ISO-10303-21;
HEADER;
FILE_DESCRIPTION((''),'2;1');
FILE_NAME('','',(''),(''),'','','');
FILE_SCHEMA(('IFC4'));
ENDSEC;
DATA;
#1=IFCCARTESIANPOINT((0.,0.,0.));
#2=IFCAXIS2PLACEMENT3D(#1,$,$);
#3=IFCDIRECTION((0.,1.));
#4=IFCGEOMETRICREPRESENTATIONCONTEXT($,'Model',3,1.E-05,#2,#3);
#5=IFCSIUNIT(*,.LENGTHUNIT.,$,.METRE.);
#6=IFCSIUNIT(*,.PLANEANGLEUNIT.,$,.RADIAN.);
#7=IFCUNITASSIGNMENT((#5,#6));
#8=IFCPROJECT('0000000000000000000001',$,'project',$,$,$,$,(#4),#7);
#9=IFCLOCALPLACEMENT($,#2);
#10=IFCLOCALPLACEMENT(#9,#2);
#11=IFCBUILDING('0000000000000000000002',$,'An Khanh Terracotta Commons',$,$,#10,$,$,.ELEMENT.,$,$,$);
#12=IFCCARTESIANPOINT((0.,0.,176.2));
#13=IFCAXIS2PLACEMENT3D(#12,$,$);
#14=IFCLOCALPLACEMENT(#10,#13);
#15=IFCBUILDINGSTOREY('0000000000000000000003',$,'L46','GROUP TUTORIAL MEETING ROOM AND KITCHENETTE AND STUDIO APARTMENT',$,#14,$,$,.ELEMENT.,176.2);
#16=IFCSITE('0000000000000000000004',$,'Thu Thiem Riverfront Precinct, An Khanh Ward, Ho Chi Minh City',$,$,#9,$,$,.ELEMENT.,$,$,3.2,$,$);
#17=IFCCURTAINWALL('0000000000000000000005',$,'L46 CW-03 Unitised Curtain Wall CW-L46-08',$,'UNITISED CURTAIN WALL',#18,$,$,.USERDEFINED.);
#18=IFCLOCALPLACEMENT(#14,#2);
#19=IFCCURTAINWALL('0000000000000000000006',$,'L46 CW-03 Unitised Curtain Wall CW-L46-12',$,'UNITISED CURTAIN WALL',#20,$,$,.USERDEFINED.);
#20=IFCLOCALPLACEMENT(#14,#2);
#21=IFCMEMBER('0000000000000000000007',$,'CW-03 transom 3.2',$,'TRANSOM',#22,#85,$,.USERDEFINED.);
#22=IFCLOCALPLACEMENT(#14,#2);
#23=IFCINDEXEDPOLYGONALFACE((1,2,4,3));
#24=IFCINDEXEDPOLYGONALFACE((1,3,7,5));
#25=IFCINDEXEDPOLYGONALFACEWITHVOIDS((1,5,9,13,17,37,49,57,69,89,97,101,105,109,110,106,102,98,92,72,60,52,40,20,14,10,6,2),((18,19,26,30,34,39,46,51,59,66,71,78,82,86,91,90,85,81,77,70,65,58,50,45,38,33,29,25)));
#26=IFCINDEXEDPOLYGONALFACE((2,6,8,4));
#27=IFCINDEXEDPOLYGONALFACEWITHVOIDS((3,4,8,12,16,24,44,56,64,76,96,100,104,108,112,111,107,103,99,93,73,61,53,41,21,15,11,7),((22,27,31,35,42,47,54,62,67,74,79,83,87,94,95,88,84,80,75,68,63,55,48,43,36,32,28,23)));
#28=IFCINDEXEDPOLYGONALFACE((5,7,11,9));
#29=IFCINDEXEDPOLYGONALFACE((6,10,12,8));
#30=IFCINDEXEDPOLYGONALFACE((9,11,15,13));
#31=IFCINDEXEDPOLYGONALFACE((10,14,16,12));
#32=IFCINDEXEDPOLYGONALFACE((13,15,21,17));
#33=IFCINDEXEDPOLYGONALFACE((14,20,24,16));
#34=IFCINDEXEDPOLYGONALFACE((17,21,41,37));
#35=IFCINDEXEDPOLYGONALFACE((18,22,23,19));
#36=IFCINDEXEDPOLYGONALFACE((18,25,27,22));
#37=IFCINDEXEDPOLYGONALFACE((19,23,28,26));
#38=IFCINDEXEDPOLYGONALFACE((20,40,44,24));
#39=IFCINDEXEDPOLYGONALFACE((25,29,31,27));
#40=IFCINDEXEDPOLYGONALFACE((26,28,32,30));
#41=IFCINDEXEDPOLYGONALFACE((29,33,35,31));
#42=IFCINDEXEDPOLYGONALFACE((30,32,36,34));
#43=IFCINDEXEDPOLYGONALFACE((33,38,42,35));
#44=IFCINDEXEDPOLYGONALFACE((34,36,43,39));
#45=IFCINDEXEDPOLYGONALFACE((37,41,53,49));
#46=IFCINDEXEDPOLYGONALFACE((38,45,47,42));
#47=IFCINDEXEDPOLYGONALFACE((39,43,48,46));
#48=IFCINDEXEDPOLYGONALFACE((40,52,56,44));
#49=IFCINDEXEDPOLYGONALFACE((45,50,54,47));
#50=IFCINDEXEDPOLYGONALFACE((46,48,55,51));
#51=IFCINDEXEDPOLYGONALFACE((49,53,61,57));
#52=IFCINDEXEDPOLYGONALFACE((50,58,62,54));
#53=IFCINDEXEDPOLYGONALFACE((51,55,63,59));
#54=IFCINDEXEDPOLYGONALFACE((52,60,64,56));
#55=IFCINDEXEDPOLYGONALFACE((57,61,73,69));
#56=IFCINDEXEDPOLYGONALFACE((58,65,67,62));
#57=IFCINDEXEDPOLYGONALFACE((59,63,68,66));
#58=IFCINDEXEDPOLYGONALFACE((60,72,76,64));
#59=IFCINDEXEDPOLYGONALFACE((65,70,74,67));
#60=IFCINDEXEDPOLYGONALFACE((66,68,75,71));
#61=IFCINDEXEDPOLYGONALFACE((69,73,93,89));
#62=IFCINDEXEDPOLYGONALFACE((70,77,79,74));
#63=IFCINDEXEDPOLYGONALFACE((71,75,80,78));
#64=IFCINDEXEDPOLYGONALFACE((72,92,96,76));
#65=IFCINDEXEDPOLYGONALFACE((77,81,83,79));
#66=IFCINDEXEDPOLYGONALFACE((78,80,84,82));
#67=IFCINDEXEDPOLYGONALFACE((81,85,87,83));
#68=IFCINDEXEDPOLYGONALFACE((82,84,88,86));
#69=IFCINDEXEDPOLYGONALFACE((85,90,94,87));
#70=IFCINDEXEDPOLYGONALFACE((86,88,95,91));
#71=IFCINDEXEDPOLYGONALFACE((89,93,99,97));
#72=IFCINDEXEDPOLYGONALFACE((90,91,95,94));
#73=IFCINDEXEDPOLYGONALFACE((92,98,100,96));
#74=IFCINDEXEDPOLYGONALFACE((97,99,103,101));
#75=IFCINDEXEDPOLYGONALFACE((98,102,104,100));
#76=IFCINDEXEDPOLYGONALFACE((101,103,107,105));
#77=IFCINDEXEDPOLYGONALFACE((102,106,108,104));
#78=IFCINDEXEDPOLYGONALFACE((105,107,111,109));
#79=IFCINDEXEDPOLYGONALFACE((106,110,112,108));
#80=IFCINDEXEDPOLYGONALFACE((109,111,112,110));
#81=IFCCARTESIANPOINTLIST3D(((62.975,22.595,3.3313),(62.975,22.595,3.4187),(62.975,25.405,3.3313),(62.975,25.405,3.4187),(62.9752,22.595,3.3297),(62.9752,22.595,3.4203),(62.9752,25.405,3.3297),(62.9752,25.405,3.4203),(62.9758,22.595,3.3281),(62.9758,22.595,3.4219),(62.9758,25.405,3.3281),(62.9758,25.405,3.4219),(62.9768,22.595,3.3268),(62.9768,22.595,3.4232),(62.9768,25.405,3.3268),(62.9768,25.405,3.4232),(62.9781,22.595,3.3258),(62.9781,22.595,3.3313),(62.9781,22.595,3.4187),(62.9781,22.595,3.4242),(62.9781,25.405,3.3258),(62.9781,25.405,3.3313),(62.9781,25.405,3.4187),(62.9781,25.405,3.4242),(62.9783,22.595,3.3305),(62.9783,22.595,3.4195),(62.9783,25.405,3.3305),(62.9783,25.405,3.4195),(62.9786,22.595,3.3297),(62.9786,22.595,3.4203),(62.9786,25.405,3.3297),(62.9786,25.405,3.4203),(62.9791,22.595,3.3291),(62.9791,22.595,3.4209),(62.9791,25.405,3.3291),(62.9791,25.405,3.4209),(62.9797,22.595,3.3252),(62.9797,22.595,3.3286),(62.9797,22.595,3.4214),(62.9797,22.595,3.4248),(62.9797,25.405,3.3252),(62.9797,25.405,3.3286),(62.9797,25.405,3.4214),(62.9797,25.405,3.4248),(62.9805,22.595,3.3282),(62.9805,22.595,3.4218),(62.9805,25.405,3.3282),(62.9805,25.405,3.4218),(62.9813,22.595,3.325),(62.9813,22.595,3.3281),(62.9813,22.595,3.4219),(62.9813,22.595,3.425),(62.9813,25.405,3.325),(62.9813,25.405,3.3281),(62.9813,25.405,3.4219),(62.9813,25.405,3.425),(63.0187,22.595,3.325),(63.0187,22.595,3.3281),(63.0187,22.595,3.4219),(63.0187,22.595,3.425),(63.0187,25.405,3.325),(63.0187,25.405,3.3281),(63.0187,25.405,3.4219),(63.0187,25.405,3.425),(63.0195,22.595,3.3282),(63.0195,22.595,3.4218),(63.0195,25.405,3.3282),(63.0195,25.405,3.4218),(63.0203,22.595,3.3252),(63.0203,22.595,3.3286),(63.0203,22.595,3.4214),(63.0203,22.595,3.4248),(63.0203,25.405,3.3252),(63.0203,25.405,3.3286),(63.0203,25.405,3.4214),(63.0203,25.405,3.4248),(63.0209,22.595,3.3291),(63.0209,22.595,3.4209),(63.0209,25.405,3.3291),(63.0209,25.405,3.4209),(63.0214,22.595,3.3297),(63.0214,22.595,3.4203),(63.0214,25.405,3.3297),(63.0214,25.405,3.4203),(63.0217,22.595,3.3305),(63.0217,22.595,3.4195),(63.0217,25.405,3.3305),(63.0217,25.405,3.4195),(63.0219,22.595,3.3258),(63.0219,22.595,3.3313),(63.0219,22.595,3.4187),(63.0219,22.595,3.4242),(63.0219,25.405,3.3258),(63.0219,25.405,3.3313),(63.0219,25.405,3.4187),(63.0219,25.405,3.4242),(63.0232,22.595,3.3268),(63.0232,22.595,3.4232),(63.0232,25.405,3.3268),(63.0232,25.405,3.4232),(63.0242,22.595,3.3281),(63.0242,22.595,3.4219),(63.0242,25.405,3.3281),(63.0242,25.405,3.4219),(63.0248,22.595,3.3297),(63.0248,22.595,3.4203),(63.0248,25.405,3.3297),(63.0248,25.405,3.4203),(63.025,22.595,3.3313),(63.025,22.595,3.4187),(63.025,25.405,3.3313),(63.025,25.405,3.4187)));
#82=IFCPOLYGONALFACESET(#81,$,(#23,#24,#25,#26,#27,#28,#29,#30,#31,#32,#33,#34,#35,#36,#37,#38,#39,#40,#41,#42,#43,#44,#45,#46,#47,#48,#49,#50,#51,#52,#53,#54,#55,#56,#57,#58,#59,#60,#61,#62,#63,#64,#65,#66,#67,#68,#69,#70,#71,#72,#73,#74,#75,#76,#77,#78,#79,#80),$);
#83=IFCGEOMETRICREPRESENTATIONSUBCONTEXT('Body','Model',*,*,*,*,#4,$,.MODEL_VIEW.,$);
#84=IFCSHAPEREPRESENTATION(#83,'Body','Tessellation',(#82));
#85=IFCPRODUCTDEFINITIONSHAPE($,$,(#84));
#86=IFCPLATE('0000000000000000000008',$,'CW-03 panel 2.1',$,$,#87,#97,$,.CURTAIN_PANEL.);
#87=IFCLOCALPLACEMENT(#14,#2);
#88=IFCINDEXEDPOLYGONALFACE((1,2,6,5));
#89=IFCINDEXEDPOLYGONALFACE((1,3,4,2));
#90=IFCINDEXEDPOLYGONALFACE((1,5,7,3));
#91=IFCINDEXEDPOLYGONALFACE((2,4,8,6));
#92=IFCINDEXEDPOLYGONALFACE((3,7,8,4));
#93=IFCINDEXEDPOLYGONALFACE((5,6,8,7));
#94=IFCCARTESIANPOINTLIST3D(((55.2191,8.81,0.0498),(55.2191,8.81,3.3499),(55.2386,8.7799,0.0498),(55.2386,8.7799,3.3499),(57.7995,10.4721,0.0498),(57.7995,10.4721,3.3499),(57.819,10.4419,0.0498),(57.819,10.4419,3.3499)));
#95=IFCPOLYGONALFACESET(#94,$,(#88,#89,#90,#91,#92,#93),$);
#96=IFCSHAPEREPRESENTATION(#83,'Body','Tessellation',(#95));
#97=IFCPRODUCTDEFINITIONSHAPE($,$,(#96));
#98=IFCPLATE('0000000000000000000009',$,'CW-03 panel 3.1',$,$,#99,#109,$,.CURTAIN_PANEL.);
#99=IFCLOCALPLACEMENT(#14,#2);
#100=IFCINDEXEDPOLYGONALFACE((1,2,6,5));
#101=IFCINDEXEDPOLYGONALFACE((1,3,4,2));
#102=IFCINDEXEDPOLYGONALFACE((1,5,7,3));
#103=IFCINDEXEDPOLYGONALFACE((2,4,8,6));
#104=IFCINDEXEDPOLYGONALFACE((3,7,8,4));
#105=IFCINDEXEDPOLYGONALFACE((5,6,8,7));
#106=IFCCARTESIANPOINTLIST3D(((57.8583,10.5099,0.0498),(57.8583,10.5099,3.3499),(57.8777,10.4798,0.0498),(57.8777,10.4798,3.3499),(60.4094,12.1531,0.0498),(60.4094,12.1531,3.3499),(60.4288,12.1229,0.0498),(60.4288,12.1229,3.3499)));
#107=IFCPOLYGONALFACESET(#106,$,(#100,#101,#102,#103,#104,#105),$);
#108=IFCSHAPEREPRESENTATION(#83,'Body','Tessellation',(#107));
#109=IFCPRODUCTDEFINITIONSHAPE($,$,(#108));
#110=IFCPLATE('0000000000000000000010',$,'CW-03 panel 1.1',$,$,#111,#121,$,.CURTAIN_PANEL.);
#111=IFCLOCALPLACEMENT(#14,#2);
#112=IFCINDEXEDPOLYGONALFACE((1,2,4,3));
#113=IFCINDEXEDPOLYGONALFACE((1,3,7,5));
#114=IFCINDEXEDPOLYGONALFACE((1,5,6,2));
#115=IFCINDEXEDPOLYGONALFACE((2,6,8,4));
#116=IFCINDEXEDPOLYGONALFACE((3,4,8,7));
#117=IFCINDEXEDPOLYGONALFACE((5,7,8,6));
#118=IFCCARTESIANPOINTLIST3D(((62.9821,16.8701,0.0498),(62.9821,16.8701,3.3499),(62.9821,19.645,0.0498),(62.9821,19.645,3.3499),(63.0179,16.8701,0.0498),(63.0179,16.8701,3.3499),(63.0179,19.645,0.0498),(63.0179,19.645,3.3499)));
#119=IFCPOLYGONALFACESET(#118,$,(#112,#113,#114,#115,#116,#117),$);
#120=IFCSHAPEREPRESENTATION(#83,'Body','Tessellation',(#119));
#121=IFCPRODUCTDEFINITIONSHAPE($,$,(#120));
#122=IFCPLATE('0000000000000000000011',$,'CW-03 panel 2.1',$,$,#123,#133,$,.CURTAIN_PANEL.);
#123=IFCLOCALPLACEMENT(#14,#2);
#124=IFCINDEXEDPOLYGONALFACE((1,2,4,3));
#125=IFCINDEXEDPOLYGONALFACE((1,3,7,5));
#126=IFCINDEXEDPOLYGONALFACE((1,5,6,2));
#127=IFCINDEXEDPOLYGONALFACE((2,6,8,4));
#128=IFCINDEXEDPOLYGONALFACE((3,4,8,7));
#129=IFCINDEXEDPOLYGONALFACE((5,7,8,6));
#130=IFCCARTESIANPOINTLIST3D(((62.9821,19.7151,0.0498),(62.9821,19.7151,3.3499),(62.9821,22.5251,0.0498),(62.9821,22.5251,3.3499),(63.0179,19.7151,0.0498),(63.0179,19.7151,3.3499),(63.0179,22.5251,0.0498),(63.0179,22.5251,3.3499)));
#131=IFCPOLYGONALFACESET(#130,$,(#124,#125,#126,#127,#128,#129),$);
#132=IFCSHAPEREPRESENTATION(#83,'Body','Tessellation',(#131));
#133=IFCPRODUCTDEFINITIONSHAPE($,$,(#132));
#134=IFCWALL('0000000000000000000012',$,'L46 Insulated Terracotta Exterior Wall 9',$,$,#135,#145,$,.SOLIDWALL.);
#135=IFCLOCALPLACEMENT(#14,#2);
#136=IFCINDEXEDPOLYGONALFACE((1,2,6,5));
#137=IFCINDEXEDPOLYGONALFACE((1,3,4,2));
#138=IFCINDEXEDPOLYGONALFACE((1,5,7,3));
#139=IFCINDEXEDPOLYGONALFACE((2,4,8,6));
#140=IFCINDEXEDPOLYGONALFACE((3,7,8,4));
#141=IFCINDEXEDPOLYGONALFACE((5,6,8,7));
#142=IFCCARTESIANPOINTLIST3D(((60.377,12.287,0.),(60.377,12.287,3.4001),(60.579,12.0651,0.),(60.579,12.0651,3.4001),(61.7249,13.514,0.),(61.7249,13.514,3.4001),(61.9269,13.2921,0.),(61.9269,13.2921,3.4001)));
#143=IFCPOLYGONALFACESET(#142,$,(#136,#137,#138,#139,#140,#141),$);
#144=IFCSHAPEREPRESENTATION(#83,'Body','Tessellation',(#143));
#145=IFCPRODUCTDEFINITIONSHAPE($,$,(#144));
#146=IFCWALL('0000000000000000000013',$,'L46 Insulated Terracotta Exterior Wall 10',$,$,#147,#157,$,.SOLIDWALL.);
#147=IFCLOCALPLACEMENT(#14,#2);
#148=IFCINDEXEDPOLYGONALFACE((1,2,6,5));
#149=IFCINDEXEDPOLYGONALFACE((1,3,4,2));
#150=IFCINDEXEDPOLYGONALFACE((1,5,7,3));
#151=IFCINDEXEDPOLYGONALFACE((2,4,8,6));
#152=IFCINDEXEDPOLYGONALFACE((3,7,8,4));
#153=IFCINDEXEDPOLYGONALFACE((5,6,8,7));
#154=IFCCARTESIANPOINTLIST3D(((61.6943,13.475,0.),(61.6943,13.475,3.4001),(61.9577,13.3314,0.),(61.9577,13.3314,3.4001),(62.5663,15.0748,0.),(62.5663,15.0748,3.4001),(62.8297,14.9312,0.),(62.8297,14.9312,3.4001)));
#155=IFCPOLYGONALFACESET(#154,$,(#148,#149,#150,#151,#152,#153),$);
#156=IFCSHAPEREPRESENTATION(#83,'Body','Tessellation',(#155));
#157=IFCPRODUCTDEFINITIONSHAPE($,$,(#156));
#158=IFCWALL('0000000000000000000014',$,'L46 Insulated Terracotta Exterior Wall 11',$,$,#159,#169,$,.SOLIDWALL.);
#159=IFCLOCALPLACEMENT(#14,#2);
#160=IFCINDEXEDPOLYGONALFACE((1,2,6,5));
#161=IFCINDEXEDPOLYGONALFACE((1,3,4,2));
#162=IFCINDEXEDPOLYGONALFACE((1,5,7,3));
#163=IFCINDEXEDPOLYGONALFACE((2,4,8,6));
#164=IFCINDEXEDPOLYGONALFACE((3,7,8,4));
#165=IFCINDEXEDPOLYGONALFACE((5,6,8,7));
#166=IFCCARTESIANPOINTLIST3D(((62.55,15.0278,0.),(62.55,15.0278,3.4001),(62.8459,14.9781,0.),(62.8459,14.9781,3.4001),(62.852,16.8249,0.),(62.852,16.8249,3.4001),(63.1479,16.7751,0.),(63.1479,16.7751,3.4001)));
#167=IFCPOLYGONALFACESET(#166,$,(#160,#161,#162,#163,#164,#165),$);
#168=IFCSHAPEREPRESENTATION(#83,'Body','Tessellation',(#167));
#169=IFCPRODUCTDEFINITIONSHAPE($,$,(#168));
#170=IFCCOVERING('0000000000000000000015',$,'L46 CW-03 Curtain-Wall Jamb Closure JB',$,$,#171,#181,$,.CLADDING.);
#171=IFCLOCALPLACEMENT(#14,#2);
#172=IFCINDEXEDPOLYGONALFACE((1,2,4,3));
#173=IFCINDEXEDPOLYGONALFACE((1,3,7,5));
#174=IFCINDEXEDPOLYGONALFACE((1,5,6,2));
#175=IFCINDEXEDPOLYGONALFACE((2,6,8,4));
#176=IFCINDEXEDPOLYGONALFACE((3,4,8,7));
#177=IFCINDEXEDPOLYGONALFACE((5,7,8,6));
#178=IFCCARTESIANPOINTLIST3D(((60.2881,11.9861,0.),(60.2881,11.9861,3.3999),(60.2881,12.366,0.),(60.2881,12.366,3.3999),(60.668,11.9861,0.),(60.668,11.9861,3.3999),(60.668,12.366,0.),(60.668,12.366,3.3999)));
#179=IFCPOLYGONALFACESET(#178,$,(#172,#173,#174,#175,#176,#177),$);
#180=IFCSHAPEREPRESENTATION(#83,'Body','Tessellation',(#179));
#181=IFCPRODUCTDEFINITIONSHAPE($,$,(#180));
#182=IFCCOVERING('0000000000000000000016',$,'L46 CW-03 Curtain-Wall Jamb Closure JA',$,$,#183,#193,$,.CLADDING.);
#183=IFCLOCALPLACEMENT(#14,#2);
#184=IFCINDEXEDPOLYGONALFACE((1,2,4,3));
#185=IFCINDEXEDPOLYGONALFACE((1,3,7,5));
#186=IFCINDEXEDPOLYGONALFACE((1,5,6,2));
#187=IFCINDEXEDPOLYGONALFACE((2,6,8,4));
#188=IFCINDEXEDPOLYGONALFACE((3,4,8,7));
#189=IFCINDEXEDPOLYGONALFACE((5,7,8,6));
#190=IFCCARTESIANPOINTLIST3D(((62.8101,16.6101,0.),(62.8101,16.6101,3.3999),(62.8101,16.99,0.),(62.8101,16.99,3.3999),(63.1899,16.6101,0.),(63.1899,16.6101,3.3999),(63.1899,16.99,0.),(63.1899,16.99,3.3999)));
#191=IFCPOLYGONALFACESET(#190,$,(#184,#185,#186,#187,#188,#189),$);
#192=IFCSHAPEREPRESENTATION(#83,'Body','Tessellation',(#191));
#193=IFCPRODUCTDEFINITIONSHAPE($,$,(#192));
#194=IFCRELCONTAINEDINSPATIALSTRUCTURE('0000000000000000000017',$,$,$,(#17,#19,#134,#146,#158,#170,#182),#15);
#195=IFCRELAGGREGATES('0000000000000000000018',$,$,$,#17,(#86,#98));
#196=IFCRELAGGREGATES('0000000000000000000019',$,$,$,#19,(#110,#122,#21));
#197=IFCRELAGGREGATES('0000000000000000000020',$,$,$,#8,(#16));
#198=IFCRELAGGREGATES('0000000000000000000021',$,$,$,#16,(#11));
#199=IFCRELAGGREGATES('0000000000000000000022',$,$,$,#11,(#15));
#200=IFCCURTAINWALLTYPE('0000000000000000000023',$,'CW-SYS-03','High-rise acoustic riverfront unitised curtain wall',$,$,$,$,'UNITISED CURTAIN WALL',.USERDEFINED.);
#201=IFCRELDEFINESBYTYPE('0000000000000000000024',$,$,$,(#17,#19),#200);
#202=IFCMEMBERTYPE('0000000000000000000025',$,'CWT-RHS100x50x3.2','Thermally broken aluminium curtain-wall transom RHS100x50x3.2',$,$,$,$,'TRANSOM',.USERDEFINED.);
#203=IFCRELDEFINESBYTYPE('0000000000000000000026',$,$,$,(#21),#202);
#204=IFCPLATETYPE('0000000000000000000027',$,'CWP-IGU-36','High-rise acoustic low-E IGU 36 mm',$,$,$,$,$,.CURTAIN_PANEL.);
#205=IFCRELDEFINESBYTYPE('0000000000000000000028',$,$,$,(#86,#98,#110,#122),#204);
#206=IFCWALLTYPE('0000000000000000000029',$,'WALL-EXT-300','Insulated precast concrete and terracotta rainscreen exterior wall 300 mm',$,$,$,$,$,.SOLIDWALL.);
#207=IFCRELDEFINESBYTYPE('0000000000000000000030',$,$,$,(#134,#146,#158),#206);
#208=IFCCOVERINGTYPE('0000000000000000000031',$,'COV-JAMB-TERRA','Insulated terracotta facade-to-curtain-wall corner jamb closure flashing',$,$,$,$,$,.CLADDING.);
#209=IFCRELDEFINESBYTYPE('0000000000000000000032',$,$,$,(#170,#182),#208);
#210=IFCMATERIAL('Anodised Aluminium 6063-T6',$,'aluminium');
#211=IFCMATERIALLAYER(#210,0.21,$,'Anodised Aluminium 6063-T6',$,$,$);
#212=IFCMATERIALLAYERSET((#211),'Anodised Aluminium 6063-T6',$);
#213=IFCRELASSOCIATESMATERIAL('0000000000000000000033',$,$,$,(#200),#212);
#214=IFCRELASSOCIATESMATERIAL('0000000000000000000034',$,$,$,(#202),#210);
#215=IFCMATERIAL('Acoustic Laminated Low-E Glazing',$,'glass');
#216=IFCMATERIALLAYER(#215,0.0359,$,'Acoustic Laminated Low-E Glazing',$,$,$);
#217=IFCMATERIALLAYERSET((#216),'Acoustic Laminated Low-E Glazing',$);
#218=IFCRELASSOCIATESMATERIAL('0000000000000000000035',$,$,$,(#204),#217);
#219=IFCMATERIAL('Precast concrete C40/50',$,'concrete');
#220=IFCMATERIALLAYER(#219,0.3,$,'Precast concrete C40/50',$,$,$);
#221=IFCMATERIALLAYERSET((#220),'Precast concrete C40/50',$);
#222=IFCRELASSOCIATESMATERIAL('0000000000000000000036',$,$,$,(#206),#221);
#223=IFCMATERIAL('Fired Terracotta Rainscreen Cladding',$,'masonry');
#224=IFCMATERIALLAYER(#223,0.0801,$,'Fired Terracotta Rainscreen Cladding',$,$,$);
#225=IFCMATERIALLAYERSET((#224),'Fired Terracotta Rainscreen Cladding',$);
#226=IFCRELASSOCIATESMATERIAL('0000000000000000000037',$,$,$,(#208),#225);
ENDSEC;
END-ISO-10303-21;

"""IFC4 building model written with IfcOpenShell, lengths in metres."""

from ifc_helpers import new_model, si_unit, direction, frame, frame_2d, origin, origin_2d, place, context, subcontext, project, spatial, rectangle, hollow_rectangle, extrude, material, layer, layer_set, material_profile, profile_set, type_object, element, aggregate, save


model = new_model("IFC4")

# Units and contexts
model_context = context("Model", 3, precision=1e-05, world=origin(), true_north=direction((0.0, 1.0)))
body_context = subcontext(model_context, "Body", "Model", "MODEL_VIEW")
ifc_project = project(units=[si_unit("LENGTHUNIT", "METRE"), si_unit("PLANEANGLEUNIT", "RADIAN")], contexts=[model_context])

# Site, building, storey
site_placement = place(None, origin())
site = spatial("IfcSite", under=ifc_project, at=site_placement, Name="Thu Thiem Riverfront Precinct, An Khanh Ward, Ho Chi Minh City", CompositionType="ELEMENT", RefElevation=3.2)
building_placement = place(site_placement, origin())
building = spatial("IfcBuilding", under=site, at=building_placement, Name="An Khanh Terracotta Commons", CompositionType="ELEMENT")
storey_placement = place(building_placement, frame((0.0, 0.0, 176.2)))
storey = spatial("IfcBuildingStorey", under=building, at=storey_placement, Name="L46", Description="GROUP TUTORIAL MEETING ROOM AND KITCHENETTE AND STUDIO APARTMENT", CompositionType="ELEMENT", Elevation=176.2)

# Curtain walls
ifc_material_1 = material(Name="Anodised Aluminium 6063-T6", Category="aluminium")
ifc_layer_1 = layer(ifc_material_1, 0.21, Name="Anodised Aluminium 6063-T6")
ifc_layer_set_1 = layer_set([ifc_layer_1], Name="Anodised Aluminium 6063-T6")
curtain_wall_type = type_object("IfcCurtainWallType", Name="CW-SYS-03", Description="High-rise acoustic riverfront unitised curtain wall", ElementType="UNITISED CURTAIN WALL", PredefinedType="USERDEFINED", material=ifc_layer_set_1)
curtain_wall_1_placement = place(storey_placement, origin())
curtain_wall_1 = element("IfcCurtainWall", 1, at=curtain_wall_1_placement, inside=storey, type_object=curtain_wall_type, Name="L46 CW-03 Unitised Curtain Wall CW-L46-08", ObjectType="UNITISED CURTAIN WALL", PredefinedType="USERDEFINED")
curtain_wall_2_placement = place(storey_placement, origin())
curtain_wall_2 = element("IfcCurtainWall", 2, at=curtain_wall_2_placement, inside=storey, type_object=curtain_wall_type, Name="L46 CW-03 Unitised Curtain Wall CW-L46-12", ObjectType="UNITISED CURTAIN WALL", PredefinedType="USERDEFINED")

# Member
ifc_material_profile_1 = material_profile(ifc_material_1, hollow_rectangle(XDim=0.05, YDim=0.1001, WallThickness=0.0032, InnerFilletRadius=0.0032, OuterFilletRadius=0.0063, at=origin_2d()), Name="RHS100x50x3.2")
ifc_profile_set_1 = profile_set([ifc_material_profile_1], Name="Anodised Aluminium 6063-T6")
member_type_1 = type_object("IfcMemberType", Name="CWT-RHS100x50x3.2", Description="Thermally broken aluminium curtain-wall transom RHS100x50x3.2", ElementType="TRANSOM", PredefinedType="USERDEFINED", material=ifc_profile_set_1)
member_1_placement = place(storey_placement, frame((63.0, 22.595, 3.375), z_axis=(0.0, 1.0, 0.0), x_axis=(-1.0, 0.0, 0.0)))
member_1 = element("IfcMember", 3, at=member_1_placement, type_object=member_type_1, Name="CW-03 transom 3.2", ObjectType="TRANSOM", PredefinedType="USERDEFINED", context=body_context, shape_type="SweptSolid", body=[
    extrude(hollow_rectangle(XDim=0.05, YDim=0.1001, WallThickness=0.0032, InnerFilletRadius=0.0032, OuterFilletRadius=0.0063, at=origin_2d()), origin(), (0.0, 0.0, 1.0), 2.8101),
])

# Plates
ifc_material_2 = material(Name="Acoustic Laminated Low-E Glazing", Category="glass")
ifc_layer_2 = layer(ifc_material_2, 0.0359, Name="Acoustic Laminated Low-E Glazing")
ifc_layer_set_2 = layer_set([ifc_layer_2], Name="Acoustic Laminated Low-E Glazing")
plate_type = type_object("IfcPlateType", Name="CWP-IGU-36", Description="High-rise acoustic low-E IGU 36 mm", PredefinedType="CURTAIN_PANEL", material=ifc_layer_set_2)
plate_1_placement = place(storey_placement, frame((56.519, 9.626, 0.0498), z_axis=(0.0, 0.0, 1.0), x_axis=(0.840702, 0.541498, 0.0)))
plate_1 = element("IfcPlate", 4, at=plate_1_placement, type_object=plate_type, Name="CW-03 panel 2.1", PredefinedType="CURTAIN_PANEL", context=body_context, shape_type="SweptSolid", body=[
    extrude(rectangle(XDim=3.0693, YDim=0.0359, at=origin_2d()), origin(), (0.0, 0.0, 1.0), 3.3),
])
plate_2_placement = place(storey_placement, frame((59.1436, 11.3164, 0.0498), z_axis=(0.0, 0.0, 1.0), x_axis=(0.840702, 0.541498, 0.0)))
plate_2 = element("IfcPlate", 5, at=plate_2_placement, type_object=plate_type, Name="CW-03 panel 3.1", PredefinedType="CURTAIN_PANEL", context=body_context, shape_type="SweptSolid", body=[
    extrude(rectangle(XDim=3.0344, YDim=0.0359, at=origin_2d()), origin(), (0.0, 0.0, 1.0), 3.3),
])
aggregate(curtain_wall_1, [plate_1, plate_2])
plate_3_placement = place(storey_placement, frame((63.0, 18.2576, 0.0498), z_axis=(0.0, 0.0, 1.0), x_axis=(0.0, 1.0, 0.0)))
plate_3 = element("IfcPlate", 6, at=plate_3_placement, type_object=plate_type, Name="CW-03 panel 1.1", PredefinedType="CURTAIN_PANEL", context=body_context, shape_type="SweptSolid", body=[
    extrude(rectangle(XDim=2.7749, YDim=0.0359, at=origin_2d()), origin(), (0.0, 0.0, 1.0), 3.3),
])
plate_4_placement = place(storey_placement, frame((63.0, 21.1201, 0.0498), z_axis=(0.0, 0.0, 1.0), x_axis=(0.0, 1.0, 0.0)))
plate_4 = element("IfcPlate", 7, at=plate_4_placement, type_object=plate_type, Name="CW-03 panel 2.1", PredefinedType="CURTAIN_PANEL", context=body_context, shape_type="SweptSolid", body=[
    extrude(rectangle(XDim=2.8101, YDim=0.0359, at=origin_2d()), origin(), (0.0, 0.0, 1.0), 3.3),
])
aggregate(curtain_wall_2, [plate_3, plate_4, member_1])

# Walls
ifc_material_3 = material(Name="Precast concrete C40/50", Category="concrete")
ifc_layer_3 = layer(ifc_material_3, 0.3, Name="Precast concrete C40/50")
ifc_layer_set_3 = layer_set([ifc_layer_3], Name="Precast concrete C40/50")
wall_type = type_object("IfcWallType", Name="WALL-EXT-300", Description="Insulated precast concrete and terracotta rainscreen exterior wall 300 mm", PredefinedType="SOLIDWALL", material=ifc_layer_set_3)
wall_1_placement = place(storey_placement, frame((60.478, 12.176, 0.0), z_axis=(0.0, 0.0, 1.0), x_axis=(0.739479, 0.673179, 0.0)))
element("IfcWall", 8, at=wall_1_placement, inside=storey, type_object=wall_type, Name="L46 Insulated Terracotta Exterior Wall 9", PredefinedType="SOLIDWALL", context=body_context, shape_type="SweptSolid", body=[
    extrude(rectangle(XDim=1.8228, YDim=0.3, at=frame_2d((0.9114, 0.0))), origin(), (0.0, 0.0, 1.0), 3.4001),
])
wall_2_placement = place(storey_placement, frame((61.8259, 13.4031, 0.0), z_axis=(0.0, 0.0, 1.0), x_axis=(0.478608, 0.878029, 0.0)))
element("IfcWall", 9, at=wall_2_placement, inside=storey, type_object=wall_type, Name="L46 Insulated Terracotta Exterior Wall 10", PredefinedType="SOLIDWALL", context=body_context, shape_type="SweptSolid", body=[
    extrude(rectangle(XDim=1.822, YDim=0.3, at=frame_2d((0.9111, 0.0))), origin(), (0.0, 0.0, 1.0), 3.4001),
])
wall_3_placement = place(storey_placement, frame((62.698, 15.0029, 0.0), z_axis=(0.0, 0.0, 1.0), x_axis=(0.165724, 0.986172, 0.0)))
element("IfcWall", 10, at=wall_3_placement, inside=storey, type_object=wall_type, Name="L46 Insulated Terracotta Exterior Wall 11", PredefinedType="SOLIDWALL", context=body_context, shape_type="SweptSolid", body=[
    extrude(rectangle(XDim=1.8223, YDim=0.3, at=frame_2d((0.9111, 0.0))), origin(), (0.0, 0.0, 1.0), 3.4001),
])

# Coverings
ifc_material_4 = material(Name="Fired Terracotta Rainscreen Cladding", Category="masonry")
ifc_layer_4 = layer(ifc_material_4, 0.0801, Name="Fired Terracotta Rainscreen Cladding")
ifc_layer_set_4 = layer_set([ifc_layer_4], Name="Fired Terracotta Rainscreen Cladding")
covering_type = type_object("IfcCoveringType", Name="COV-JAMB-TERRA", Description="Insulated terracotta facade-to-curtain-wall corner jamb closure flashing", PredefinedType="CLADDING", material=ifc_layer_set_4)
for number, where, z_axis, x_axis, name in (
    (11, (60.478, 12.176, 0.0), (0.0, 0.0, 1.0), (1.0, 0.0, 0.0), "L46 CW-03 Curtain-Wall Jamb Closure JB"),
    (12, (63.0, 16.8, 0.0), (0.0, 0.0, 1.0), (1.0, 0.0, 0.0), "L46 CW-03 Curtain-Wall Jamb Closure JA"),
):
    element("IfcCovering", number, at=place(storey_placement, frame(where, z_axis=z_axis, x_axis=x_axis)), inside=storey, type_object=covering_type, Name=name, PredefinedType="CLADDING", context=body_context, shape_type="SweptSolid", body=[
        extrude(rectangle(XDim=0.3799, YDim=0.3799, at=origin_2d()), origin(), (0.0, 0.0, 1.0), 3.3999),
    ])

save(model, "model.ifc")
